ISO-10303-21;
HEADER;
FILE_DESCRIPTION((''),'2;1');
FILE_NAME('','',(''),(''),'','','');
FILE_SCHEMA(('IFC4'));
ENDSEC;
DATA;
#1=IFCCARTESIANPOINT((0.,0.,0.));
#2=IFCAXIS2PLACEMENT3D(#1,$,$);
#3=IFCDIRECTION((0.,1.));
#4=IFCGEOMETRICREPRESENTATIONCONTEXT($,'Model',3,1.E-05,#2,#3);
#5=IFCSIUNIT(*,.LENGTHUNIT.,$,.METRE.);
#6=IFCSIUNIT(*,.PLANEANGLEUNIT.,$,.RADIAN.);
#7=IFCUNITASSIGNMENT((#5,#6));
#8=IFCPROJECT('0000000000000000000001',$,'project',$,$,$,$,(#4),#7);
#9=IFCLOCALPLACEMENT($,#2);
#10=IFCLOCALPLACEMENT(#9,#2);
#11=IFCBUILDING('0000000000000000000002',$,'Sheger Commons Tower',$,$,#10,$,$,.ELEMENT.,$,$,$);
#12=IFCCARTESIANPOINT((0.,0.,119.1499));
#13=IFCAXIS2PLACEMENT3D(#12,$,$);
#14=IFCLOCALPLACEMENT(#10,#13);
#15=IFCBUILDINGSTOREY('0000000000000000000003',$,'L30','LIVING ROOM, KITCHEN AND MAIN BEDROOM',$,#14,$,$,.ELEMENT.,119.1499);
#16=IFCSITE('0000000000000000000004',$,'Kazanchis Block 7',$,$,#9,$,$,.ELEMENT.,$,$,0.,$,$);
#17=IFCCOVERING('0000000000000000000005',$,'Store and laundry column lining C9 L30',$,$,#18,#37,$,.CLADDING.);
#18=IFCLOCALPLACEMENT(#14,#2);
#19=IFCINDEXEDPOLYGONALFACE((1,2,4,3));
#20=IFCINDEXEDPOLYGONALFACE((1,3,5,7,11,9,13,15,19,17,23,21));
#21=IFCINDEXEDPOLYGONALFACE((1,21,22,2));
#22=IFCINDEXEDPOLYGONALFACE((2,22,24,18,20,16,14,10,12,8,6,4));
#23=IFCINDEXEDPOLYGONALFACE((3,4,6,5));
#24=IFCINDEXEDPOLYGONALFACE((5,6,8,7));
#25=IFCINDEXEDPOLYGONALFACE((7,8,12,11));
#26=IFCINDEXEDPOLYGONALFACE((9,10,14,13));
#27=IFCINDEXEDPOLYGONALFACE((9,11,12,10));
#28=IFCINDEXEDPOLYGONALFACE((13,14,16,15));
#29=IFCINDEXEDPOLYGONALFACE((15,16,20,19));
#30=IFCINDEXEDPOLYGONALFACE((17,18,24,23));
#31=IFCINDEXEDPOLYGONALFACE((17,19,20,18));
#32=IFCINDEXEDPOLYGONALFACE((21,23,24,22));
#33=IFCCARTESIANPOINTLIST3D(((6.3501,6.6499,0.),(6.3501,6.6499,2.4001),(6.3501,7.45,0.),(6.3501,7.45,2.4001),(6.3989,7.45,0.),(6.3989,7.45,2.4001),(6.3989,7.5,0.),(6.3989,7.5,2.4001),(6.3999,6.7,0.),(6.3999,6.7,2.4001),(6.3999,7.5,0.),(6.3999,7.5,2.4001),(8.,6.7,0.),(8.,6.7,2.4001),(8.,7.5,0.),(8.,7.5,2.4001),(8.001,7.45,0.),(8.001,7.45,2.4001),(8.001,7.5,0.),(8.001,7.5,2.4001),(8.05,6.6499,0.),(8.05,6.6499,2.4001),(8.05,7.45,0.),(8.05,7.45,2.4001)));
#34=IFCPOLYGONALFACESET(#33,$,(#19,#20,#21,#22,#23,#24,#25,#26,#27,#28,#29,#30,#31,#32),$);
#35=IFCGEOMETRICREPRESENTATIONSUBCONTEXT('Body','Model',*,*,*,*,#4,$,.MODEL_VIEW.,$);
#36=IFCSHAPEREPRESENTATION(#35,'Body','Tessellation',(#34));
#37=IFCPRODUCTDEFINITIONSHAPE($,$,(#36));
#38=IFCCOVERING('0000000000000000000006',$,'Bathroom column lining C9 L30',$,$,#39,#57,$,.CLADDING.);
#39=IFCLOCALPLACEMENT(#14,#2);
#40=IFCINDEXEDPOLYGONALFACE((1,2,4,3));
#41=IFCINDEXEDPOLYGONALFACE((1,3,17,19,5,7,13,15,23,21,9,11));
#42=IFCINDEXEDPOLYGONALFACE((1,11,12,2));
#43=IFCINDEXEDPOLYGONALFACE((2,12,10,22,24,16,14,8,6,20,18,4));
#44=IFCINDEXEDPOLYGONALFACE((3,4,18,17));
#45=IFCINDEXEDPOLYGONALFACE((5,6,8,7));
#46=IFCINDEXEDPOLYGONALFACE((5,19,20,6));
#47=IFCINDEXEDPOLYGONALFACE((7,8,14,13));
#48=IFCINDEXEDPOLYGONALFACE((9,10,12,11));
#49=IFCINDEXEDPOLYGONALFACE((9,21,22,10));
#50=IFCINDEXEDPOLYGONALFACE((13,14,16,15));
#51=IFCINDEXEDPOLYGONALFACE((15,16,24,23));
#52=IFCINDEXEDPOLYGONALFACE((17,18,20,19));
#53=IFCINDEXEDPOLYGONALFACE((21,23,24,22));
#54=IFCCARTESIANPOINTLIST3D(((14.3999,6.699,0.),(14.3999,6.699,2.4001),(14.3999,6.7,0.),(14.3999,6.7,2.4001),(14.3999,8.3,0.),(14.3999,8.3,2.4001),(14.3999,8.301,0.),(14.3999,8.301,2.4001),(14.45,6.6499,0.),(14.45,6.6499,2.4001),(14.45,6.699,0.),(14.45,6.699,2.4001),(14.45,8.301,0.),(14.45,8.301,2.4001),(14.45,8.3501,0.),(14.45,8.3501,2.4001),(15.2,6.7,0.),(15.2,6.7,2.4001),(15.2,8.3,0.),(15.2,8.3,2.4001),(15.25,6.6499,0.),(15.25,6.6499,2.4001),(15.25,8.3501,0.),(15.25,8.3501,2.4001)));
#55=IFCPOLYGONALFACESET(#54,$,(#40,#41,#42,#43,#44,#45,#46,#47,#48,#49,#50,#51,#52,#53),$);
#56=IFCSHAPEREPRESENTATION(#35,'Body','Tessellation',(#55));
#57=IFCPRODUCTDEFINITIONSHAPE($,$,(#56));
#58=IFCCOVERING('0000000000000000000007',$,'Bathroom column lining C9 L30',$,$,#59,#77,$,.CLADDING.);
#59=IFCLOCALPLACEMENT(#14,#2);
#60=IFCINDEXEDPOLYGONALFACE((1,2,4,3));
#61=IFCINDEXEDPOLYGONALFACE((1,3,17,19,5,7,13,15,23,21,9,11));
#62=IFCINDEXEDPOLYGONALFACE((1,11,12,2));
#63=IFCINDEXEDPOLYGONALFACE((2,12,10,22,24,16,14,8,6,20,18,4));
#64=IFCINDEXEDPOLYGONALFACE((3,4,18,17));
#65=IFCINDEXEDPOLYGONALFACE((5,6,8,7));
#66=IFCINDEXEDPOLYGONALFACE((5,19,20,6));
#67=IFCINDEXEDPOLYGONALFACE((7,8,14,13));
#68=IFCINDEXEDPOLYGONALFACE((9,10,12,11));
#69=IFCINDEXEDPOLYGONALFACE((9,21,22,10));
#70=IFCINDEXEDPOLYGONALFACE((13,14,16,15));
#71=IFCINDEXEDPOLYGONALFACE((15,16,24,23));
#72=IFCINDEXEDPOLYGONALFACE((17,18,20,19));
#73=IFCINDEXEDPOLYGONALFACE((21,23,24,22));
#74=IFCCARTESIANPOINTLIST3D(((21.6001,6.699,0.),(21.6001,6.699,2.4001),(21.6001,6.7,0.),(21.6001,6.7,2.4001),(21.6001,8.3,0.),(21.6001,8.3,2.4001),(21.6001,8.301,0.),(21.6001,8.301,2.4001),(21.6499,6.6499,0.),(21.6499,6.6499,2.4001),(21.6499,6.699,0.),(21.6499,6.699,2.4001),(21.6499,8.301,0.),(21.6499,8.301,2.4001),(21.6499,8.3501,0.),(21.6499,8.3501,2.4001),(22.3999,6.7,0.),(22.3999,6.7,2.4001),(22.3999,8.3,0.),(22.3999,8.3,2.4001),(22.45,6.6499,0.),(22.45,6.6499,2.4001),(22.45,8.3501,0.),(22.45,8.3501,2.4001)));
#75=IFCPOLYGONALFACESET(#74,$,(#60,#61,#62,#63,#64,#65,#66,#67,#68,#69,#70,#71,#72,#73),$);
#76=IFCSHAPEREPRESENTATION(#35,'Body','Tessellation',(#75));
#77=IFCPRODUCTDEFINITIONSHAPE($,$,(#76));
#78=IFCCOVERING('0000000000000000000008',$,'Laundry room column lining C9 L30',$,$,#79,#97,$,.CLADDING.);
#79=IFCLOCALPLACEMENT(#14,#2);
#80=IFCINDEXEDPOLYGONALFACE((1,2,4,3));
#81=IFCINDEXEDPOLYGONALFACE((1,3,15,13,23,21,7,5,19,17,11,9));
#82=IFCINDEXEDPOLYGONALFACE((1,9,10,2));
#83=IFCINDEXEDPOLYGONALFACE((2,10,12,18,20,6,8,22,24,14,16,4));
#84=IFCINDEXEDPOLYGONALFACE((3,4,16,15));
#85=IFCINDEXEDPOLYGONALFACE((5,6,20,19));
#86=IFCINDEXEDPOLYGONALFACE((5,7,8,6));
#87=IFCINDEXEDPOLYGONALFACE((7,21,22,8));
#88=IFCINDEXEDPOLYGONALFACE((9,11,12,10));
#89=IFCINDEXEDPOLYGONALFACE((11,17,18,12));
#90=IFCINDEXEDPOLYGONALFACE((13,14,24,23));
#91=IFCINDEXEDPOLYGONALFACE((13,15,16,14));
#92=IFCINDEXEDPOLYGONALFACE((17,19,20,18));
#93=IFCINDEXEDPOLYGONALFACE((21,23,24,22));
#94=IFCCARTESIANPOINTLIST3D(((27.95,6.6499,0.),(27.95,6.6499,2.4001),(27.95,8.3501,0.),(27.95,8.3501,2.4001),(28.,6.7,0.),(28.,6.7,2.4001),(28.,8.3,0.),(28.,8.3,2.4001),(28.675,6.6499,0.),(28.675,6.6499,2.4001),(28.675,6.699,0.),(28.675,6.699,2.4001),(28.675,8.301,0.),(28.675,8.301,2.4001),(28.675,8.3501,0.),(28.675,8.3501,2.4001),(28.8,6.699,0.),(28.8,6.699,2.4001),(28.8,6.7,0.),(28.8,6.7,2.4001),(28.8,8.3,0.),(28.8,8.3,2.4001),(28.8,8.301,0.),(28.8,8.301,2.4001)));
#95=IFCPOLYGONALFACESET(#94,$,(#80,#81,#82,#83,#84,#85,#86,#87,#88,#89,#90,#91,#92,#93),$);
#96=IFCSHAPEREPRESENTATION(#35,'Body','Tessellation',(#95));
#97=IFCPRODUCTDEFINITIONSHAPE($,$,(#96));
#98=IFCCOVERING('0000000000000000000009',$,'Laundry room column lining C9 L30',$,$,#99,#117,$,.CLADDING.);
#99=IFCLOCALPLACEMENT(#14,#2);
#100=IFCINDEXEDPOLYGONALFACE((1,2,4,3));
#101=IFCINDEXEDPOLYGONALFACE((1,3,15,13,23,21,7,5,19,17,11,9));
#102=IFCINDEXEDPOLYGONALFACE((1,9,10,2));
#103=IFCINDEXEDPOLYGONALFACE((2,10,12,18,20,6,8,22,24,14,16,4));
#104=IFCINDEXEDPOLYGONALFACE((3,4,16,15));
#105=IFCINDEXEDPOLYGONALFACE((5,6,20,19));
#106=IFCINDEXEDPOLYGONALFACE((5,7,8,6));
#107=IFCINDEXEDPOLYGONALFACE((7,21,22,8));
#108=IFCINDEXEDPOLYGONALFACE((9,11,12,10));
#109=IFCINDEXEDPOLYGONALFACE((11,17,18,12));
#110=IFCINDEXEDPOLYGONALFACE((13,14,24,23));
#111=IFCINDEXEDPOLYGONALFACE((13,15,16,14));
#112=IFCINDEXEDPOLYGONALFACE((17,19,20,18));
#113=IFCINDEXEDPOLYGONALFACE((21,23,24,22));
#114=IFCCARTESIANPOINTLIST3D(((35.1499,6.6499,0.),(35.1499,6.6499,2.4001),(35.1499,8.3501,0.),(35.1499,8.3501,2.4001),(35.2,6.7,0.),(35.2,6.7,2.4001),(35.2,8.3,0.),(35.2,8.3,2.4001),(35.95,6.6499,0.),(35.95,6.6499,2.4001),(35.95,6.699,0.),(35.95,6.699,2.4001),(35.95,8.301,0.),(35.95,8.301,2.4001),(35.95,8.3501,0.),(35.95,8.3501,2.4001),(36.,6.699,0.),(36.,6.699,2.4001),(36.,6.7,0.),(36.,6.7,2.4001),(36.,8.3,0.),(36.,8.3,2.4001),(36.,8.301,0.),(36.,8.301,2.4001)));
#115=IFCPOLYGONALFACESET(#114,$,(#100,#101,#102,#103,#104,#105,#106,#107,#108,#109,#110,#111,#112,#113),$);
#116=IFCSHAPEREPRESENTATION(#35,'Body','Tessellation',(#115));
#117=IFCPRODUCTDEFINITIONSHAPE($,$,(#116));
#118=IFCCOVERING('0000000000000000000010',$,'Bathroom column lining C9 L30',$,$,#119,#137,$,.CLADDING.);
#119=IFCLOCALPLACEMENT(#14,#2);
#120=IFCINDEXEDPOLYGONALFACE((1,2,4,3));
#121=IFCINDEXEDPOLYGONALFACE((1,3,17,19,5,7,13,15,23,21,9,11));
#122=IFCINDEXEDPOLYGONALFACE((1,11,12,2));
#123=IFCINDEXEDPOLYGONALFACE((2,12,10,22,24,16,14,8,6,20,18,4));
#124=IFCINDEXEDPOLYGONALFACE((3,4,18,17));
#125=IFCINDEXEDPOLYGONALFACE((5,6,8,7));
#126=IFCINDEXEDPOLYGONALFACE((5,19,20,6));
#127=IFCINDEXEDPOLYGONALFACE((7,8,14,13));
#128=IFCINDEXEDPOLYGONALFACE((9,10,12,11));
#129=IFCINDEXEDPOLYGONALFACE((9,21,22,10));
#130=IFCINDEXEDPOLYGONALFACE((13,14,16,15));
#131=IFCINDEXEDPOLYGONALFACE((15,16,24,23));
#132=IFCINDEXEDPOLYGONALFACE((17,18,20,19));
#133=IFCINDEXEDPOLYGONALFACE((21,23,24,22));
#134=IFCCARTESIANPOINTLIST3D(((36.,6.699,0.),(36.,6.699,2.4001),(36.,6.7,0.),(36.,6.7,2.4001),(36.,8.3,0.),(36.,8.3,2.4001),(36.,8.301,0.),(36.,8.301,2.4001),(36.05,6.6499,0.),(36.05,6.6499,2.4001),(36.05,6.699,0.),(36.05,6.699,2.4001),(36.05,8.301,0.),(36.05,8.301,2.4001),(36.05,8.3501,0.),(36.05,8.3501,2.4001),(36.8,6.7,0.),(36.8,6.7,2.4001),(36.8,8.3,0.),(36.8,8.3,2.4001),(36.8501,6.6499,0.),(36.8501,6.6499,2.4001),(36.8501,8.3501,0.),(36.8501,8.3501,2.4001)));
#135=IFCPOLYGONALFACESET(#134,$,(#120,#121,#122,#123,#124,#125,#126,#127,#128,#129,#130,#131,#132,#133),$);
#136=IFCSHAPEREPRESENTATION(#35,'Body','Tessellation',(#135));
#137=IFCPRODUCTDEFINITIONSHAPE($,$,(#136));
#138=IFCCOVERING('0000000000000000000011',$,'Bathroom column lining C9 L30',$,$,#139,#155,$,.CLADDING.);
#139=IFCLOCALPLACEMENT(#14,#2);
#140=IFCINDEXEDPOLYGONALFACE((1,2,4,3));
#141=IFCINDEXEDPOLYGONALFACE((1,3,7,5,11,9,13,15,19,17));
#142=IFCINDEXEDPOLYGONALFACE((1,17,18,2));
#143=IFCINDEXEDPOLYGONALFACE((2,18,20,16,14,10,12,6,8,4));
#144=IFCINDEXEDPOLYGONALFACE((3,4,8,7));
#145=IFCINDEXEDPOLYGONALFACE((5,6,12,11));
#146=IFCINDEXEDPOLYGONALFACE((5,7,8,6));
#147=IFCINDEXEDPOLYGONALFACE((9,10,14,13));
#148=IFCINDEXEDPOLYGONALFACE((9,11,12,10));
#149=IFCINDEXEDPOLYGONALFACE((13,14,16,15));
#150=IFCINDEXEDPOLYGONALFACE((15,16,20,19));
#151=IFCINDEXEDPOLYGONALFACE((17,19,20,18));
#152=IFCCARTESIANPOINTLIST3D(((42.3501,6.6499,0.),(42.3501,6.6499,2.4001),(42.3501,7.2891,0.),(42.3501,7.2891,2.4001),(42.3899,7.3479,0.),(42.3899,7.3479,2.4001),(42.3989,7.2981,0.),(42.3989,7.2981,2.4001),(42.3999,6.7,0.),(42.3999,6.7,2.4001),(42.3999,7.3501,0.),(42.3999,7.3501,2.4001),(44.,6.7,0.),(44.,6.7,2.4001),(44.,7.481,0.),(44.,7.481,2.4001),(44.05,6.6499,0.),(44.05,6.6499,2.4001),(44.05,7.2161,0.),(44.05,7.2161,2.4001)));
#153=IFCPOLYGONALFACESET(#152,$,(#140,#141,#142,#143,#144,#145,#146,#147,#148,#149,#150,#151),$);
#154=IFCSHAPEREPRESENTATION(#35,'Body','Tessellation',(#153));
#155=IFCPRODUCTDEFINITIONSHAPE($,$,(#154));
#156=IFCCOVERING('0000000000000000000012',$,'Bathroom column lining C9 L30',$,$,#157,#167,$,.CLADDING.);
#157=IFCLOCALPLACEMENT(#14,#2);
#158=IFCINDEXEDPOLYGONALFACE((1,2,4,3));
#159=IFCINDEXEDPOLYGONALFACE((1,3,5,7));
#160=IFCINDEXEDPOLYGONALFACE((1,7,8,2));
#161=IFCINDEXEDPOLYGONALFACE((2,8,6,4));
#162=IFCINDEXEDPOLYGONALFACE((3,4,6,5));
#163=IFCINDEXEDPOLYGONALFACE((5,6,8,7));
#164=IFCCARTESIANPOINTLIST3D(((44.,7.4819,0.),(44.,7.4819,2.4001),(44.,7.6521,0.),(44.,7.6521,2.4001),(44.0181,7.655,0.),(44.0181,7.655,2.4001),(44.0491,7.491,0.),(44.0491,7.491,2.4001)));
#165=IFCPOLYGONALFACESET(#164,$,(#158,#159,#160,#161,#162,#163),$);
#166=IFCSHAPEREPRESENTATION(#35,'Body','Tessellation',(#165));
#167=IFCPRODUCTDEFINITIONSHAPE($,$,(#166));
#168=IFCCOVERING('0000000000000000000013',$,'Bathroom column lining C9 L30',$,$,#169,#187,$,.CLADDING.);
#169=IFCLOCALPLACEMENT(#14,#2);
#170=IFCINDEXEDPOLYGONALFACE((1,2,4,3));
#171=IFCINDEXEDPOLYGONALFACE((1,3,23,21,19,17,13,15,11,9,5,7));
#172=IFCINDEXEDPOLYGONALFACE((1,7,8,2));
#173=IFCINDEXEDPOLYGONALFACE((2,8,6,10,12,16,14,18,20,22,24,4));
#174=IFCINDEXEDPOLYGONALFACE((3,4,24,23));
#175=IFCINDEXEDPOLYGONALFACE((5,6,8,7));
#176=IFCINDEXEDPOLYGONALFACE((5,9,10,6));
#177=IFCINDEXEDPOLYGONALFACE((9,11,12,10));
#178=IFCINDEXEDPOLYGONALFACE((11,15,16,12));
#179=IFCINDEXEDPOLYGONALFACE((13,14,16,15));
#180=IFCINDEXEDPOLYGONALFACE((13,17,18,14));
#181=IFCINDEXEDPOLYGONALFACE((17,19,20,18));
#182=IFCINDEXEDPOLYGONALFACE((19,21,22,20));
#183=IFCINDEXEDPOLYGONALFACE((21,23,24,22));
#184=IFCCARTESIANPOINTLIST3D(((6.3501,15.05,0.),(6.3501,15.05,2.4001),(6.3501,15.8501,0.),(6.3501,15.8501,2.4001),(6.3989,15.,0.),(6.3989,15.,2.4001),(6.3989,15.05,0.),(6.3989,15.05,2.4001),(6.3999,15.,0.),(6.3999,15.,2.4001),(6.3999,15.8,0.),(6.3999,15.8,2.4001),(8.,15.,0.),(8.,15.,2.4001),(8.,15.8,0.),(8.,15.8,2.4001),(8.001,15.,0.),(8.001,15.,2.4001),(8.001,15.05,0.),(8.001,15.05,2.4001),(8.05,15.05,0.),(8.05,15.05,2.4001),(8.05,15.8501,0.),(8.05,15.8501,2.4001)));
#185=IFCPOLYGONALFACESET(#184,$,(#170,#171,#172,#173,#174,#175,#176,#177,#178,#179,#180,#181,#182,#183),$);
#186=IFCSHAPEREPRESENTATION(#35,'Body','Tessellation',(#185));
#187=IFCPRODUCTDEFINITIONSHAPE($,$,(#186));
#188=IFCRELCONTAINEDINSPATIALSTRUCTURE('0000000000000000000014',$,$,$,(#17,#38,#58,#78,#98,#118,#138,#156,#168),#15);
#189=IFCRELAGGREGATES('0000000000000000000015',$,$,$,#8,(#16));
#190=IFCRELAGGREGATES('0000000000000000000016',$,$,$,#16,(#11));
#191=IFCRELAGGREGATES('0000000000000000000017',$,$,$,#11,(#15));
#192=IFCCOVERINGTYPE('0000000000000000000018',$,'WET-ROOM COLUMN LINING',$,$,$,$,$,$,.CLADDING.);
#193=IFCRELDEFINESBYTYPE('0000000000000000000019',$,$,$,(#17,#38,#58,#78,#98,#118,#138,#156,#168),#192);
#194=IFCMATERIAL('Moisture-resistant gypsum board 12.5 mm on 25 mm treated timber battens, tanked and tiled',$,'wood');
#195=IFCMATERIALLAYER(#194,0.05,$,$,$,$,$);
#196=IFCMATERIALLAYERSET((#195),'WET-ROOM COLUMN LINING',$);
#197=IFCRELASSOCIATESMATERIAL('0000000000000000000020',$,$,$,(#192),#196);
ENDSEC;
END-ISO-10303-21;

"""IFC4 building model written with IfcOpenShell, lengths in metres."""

from ifc_helpers import new_model, si_unit, direction, frame, origin, place, context, subcontext, project, spatial, polyline, outline, extrude, material, layer, layer_set, type_object, element, save


model = new_model("IFC4")

# Units and contexts
model_context = context("Model", 3, precision=1e-05, world=origin(), true_north=direction((0.0, 1.0)))
body_context = subcontext(model_context, "Body", "Model", "MODEL_VIEW")
ifc_project = project(units=[si_unit("LENGTHUNIT", "METRE"), si_unit("PLANEANGLEUNIT", "RADIAN")], contexts=[model_context])

# Site, building, storey
site_placement = place(None, origin())
site = spatial("IfcSite", under=ifc_project, at=site_placement, Name="Kazanchis Block 7", CompositionType="ELEMENT", RefElevation=0.0)
building_placement = place(site_placement, origin())
building = spatial("IfcBuilding", under=site, at=building_placement, Name="Sheger Commons Tower", CompositionType="ELEMENT")
storey_placement = place(building_placement, frame((0.0, 0.0, 119.1499)))
storey = spatial("IfcBuildingStorey", under=building, at=storey_placement, Name="L30", Description="LIVING ROOM, KITCHEN AND MAIN BEDROOM", CompositionType="ELEMENT", Elevation=119.1499)

# Coverings
ifc_material_1 = material(Name="Moisture-resistant gypsum board 12.5 mm on 25 mm treated timber battens, tanked and tiled", Category="wood")
ifc_layer_1 = layer(ifc_material_1, 0.05)
ifc_layer_set_1 = layer_set([ifc_layer_1], Name="WET-ROOM COLUMN LINING")
covering_type_1 = type_object("IfcCoveringType", Name="WET-ROOM COLUMN LINING", PredefinedType="CLADDING", material=ifc_layer_set_1)
covering_1_placement = place(storey_placement, origin())
element("IfcCovering", 1, at=covering_1_placement, inside=storey, type_object=covering_type_1, Name="Store and laundry column lining C9 L30", PredefinedType="CLADDING", context=body_context, shape_type="SweptSolid", body=[
    extrude(outline(polyline([(6.3999, 7.5), (6.3999, 6.7), (8.0, 6.7), (8.0, 7.5), (8.001, 7.5), (8.001, 7.45), (8.05, 7.45), (8.05, 6.6499), (6.3501, 6.6499), (6.3501, 7.45), (6.3989, 7.45), (6.3989, 7.5), (6.3999, 7.5)])), origin(), (0.0, 0.0, 1.0), 2.4001),
])
covering_2_placement = place(storey_placement, origin())
element("IfcCovering", 2, at=covering_2_placement, inside=storey, type_object=covering_type_1, Name="Bathroom column lining C9 L30", PredefinedType="CLADDING", context=body_context, shape_type="SweptSolid", body=[
    extrude(outline(polyline([(15.25, 6.6499), (14.45, 6.6499), (14.45, 6.699), (14.3999, 6.699), (14.3999, 6.7), (15.2, 6.7), (15.2, 8.3), (14.3999, 8.3), (14.3999, 8.301), (14.45, 8.301), (14.45, 8.3501), (15.25, 8.3501), (15.25, 6.6499)])), origin(), (0.0, 0.0, 1.0), 2.4001),
])
covering_3_placement = place(storey_placement, origin())
element("IfcCovering", 3, at=covering_3_placement, inside=storey, type_object=covering_type_1, Name="Bathroom column lining C9 L30", PredefinedType="CLADDING", context=body_context, shape_type="SweptSolid", body=[
    extrude(outline(polyline([(22.45, 6.6499), (21.6499, 6.6499), (21.6499, 6.699), (21.6001, 6.699), (21.6001, 6.7), (22.3999, 6.7), (22.3999, 8.3), (21.6001, 8.3), (21.6001, 8.301), (21.6499, 8.301), (21.6499, 8.3501), (22.45, 8.3501), (22.45, 6.6499)])), origin(), (0.0, 0.0, 1.0), 2.4001),
])
covering_4_placement = place(storey_placement, origin())
element("IfcCovering", 4, at=covering_4_placement, inside=storey, type_object=covering_type_1, Name="Laundry room column lining C9 L30", PredefinedType="CLADDING", context=body_context, shape_type="SweptSolid", body=[
    extrude(outline(polyline([(28.675, 8.3501), (28.675, 8.301), (28.8, 8.301), (28.8, 8.3), (28.0, 8.3), (28.0, 6.7), (28.8, 6.7), (28.8, 6.699), (28.675, 6.699), (28.675, 6.6499), (27.95, 6.6499), (27.95, 8.3501), (28.675, 8.3501)])), origin(), (0.0, 0.0, 1.0), 2.4001),
])
covering_5_placement = place(storey_placement, origin())
element("IfcCovering", 5, at=covering_5_placement, inside=storey, type_object=covering_type_1, Name="Laundry room column lining C9 L30", PredefinedType="CLADDING", context=body_context, shape_type="SweptSolid", body=[
    extrude(outline(polyline([(35.95, 8.3501), (35.95, 8.301), (36.0, 8.301), (36.0, 8.3), (35.2, 8.3), (35.2, 6.7), (36.0, 6.7), (36.0, 6.699), (35.95, 6.699), (35.95, 6.6499), (35.1499, 6.6499), (35.1499, 8.3501), (35.95, 8.3501)])), origin(), (0.0, 0.0, 1.0), 2.4001),
])
covering_6_placement = place(storey_placement, origin())
element("IfcCovering", 6, at=covering_6_placement, inside=storey, type_object=covering_type_1, Name="Bathroom column lining C9 L30", PredefinedType="CLADDING", context=body_context, shape_type="SweptSolid", body=[
    extrude(outline(polyline([(36.8501, 6.6499), (36.05, 6.6499), (36.05, 6.699), (36.0, 6.699), (36.0, 6.7), (36.8, 6.7), (36.8, 8.3), (36.0, 8.3), (36.0, 8.301), (36.05, 8.301), (36.05, 8.3501), (36.8501, 8.3501), (36.8501, 6.6499)])), origin(), (0.0, 0.0, 1.0), 2.4001),
])
covering_7_placement = place(storey_placement, origin())
element("IfcCovering", 7, at=covering_7_placement, inside=storey, type_object=covering_type_1, Name="Bathroom column lining C9 L30", PredefinedType="CLADDING", context=body_context, shape_type="SweptSolid", body=[
    extrude(outline(polyline([(42.3999, 7.3501), (42.3999, 6.7), (44.0, 6.7), (44.0, 7.481), (44.05, 7.2161), (44.05, 6.6499), (42.3501, 6.6499), (42.3501, 7.2891), (42.3989, 7.2981), (42.3899, 7.3479), (42.3999, 7.3501)])), origin(), (0.0, 0.0, 1.0), 2.4001),
])
covering_8_placement = place(storey_placement, origin())
element("IfcCovering", 8, at=covering_8_placement, inside=storey, type_object=covering_type_1, Name="Bathroom column lining C9 L30", PredefinedType="CLADDING", context=body_context, shape_type="SweptSolid", body=[
    extrude(outline(polyline([(44.0, 7.6521), (44.0181, 7.655), (44.0491, 7.491), (44.0, 7.4819), (44.0, 7.6521)])), origin(), (0.0, 0.0, 1.0), 2.4001),
])
covering_9_placement = place(storey_placement, origin())
element("IfcCovering", 9, at=covering_9_placement, inside=storey, type_object=covering_type_1, Name="Bathroom column lining C9 L30", PredefinedType="CLADDING", context=body_context, shape_type="SweptSolid", body=[
    extrude(outline(polyline([(8.05, 15.8501), (8.05, 15.05), (8.001, 15.05), (8.001, 15.0), (8.0, 15.0), (8.0, 15.8), (6.3999, 15.8), (6.3999, 15.0), (6.3989, 15.0), (6.3989, 15.05), (6.3501, 15.05), (6.3501, 15.8501), (8.05, 15.8501)])), origin(), (0.0, 0.0, 1.0), 2.4001),
])

save(model, "model.ifc")
